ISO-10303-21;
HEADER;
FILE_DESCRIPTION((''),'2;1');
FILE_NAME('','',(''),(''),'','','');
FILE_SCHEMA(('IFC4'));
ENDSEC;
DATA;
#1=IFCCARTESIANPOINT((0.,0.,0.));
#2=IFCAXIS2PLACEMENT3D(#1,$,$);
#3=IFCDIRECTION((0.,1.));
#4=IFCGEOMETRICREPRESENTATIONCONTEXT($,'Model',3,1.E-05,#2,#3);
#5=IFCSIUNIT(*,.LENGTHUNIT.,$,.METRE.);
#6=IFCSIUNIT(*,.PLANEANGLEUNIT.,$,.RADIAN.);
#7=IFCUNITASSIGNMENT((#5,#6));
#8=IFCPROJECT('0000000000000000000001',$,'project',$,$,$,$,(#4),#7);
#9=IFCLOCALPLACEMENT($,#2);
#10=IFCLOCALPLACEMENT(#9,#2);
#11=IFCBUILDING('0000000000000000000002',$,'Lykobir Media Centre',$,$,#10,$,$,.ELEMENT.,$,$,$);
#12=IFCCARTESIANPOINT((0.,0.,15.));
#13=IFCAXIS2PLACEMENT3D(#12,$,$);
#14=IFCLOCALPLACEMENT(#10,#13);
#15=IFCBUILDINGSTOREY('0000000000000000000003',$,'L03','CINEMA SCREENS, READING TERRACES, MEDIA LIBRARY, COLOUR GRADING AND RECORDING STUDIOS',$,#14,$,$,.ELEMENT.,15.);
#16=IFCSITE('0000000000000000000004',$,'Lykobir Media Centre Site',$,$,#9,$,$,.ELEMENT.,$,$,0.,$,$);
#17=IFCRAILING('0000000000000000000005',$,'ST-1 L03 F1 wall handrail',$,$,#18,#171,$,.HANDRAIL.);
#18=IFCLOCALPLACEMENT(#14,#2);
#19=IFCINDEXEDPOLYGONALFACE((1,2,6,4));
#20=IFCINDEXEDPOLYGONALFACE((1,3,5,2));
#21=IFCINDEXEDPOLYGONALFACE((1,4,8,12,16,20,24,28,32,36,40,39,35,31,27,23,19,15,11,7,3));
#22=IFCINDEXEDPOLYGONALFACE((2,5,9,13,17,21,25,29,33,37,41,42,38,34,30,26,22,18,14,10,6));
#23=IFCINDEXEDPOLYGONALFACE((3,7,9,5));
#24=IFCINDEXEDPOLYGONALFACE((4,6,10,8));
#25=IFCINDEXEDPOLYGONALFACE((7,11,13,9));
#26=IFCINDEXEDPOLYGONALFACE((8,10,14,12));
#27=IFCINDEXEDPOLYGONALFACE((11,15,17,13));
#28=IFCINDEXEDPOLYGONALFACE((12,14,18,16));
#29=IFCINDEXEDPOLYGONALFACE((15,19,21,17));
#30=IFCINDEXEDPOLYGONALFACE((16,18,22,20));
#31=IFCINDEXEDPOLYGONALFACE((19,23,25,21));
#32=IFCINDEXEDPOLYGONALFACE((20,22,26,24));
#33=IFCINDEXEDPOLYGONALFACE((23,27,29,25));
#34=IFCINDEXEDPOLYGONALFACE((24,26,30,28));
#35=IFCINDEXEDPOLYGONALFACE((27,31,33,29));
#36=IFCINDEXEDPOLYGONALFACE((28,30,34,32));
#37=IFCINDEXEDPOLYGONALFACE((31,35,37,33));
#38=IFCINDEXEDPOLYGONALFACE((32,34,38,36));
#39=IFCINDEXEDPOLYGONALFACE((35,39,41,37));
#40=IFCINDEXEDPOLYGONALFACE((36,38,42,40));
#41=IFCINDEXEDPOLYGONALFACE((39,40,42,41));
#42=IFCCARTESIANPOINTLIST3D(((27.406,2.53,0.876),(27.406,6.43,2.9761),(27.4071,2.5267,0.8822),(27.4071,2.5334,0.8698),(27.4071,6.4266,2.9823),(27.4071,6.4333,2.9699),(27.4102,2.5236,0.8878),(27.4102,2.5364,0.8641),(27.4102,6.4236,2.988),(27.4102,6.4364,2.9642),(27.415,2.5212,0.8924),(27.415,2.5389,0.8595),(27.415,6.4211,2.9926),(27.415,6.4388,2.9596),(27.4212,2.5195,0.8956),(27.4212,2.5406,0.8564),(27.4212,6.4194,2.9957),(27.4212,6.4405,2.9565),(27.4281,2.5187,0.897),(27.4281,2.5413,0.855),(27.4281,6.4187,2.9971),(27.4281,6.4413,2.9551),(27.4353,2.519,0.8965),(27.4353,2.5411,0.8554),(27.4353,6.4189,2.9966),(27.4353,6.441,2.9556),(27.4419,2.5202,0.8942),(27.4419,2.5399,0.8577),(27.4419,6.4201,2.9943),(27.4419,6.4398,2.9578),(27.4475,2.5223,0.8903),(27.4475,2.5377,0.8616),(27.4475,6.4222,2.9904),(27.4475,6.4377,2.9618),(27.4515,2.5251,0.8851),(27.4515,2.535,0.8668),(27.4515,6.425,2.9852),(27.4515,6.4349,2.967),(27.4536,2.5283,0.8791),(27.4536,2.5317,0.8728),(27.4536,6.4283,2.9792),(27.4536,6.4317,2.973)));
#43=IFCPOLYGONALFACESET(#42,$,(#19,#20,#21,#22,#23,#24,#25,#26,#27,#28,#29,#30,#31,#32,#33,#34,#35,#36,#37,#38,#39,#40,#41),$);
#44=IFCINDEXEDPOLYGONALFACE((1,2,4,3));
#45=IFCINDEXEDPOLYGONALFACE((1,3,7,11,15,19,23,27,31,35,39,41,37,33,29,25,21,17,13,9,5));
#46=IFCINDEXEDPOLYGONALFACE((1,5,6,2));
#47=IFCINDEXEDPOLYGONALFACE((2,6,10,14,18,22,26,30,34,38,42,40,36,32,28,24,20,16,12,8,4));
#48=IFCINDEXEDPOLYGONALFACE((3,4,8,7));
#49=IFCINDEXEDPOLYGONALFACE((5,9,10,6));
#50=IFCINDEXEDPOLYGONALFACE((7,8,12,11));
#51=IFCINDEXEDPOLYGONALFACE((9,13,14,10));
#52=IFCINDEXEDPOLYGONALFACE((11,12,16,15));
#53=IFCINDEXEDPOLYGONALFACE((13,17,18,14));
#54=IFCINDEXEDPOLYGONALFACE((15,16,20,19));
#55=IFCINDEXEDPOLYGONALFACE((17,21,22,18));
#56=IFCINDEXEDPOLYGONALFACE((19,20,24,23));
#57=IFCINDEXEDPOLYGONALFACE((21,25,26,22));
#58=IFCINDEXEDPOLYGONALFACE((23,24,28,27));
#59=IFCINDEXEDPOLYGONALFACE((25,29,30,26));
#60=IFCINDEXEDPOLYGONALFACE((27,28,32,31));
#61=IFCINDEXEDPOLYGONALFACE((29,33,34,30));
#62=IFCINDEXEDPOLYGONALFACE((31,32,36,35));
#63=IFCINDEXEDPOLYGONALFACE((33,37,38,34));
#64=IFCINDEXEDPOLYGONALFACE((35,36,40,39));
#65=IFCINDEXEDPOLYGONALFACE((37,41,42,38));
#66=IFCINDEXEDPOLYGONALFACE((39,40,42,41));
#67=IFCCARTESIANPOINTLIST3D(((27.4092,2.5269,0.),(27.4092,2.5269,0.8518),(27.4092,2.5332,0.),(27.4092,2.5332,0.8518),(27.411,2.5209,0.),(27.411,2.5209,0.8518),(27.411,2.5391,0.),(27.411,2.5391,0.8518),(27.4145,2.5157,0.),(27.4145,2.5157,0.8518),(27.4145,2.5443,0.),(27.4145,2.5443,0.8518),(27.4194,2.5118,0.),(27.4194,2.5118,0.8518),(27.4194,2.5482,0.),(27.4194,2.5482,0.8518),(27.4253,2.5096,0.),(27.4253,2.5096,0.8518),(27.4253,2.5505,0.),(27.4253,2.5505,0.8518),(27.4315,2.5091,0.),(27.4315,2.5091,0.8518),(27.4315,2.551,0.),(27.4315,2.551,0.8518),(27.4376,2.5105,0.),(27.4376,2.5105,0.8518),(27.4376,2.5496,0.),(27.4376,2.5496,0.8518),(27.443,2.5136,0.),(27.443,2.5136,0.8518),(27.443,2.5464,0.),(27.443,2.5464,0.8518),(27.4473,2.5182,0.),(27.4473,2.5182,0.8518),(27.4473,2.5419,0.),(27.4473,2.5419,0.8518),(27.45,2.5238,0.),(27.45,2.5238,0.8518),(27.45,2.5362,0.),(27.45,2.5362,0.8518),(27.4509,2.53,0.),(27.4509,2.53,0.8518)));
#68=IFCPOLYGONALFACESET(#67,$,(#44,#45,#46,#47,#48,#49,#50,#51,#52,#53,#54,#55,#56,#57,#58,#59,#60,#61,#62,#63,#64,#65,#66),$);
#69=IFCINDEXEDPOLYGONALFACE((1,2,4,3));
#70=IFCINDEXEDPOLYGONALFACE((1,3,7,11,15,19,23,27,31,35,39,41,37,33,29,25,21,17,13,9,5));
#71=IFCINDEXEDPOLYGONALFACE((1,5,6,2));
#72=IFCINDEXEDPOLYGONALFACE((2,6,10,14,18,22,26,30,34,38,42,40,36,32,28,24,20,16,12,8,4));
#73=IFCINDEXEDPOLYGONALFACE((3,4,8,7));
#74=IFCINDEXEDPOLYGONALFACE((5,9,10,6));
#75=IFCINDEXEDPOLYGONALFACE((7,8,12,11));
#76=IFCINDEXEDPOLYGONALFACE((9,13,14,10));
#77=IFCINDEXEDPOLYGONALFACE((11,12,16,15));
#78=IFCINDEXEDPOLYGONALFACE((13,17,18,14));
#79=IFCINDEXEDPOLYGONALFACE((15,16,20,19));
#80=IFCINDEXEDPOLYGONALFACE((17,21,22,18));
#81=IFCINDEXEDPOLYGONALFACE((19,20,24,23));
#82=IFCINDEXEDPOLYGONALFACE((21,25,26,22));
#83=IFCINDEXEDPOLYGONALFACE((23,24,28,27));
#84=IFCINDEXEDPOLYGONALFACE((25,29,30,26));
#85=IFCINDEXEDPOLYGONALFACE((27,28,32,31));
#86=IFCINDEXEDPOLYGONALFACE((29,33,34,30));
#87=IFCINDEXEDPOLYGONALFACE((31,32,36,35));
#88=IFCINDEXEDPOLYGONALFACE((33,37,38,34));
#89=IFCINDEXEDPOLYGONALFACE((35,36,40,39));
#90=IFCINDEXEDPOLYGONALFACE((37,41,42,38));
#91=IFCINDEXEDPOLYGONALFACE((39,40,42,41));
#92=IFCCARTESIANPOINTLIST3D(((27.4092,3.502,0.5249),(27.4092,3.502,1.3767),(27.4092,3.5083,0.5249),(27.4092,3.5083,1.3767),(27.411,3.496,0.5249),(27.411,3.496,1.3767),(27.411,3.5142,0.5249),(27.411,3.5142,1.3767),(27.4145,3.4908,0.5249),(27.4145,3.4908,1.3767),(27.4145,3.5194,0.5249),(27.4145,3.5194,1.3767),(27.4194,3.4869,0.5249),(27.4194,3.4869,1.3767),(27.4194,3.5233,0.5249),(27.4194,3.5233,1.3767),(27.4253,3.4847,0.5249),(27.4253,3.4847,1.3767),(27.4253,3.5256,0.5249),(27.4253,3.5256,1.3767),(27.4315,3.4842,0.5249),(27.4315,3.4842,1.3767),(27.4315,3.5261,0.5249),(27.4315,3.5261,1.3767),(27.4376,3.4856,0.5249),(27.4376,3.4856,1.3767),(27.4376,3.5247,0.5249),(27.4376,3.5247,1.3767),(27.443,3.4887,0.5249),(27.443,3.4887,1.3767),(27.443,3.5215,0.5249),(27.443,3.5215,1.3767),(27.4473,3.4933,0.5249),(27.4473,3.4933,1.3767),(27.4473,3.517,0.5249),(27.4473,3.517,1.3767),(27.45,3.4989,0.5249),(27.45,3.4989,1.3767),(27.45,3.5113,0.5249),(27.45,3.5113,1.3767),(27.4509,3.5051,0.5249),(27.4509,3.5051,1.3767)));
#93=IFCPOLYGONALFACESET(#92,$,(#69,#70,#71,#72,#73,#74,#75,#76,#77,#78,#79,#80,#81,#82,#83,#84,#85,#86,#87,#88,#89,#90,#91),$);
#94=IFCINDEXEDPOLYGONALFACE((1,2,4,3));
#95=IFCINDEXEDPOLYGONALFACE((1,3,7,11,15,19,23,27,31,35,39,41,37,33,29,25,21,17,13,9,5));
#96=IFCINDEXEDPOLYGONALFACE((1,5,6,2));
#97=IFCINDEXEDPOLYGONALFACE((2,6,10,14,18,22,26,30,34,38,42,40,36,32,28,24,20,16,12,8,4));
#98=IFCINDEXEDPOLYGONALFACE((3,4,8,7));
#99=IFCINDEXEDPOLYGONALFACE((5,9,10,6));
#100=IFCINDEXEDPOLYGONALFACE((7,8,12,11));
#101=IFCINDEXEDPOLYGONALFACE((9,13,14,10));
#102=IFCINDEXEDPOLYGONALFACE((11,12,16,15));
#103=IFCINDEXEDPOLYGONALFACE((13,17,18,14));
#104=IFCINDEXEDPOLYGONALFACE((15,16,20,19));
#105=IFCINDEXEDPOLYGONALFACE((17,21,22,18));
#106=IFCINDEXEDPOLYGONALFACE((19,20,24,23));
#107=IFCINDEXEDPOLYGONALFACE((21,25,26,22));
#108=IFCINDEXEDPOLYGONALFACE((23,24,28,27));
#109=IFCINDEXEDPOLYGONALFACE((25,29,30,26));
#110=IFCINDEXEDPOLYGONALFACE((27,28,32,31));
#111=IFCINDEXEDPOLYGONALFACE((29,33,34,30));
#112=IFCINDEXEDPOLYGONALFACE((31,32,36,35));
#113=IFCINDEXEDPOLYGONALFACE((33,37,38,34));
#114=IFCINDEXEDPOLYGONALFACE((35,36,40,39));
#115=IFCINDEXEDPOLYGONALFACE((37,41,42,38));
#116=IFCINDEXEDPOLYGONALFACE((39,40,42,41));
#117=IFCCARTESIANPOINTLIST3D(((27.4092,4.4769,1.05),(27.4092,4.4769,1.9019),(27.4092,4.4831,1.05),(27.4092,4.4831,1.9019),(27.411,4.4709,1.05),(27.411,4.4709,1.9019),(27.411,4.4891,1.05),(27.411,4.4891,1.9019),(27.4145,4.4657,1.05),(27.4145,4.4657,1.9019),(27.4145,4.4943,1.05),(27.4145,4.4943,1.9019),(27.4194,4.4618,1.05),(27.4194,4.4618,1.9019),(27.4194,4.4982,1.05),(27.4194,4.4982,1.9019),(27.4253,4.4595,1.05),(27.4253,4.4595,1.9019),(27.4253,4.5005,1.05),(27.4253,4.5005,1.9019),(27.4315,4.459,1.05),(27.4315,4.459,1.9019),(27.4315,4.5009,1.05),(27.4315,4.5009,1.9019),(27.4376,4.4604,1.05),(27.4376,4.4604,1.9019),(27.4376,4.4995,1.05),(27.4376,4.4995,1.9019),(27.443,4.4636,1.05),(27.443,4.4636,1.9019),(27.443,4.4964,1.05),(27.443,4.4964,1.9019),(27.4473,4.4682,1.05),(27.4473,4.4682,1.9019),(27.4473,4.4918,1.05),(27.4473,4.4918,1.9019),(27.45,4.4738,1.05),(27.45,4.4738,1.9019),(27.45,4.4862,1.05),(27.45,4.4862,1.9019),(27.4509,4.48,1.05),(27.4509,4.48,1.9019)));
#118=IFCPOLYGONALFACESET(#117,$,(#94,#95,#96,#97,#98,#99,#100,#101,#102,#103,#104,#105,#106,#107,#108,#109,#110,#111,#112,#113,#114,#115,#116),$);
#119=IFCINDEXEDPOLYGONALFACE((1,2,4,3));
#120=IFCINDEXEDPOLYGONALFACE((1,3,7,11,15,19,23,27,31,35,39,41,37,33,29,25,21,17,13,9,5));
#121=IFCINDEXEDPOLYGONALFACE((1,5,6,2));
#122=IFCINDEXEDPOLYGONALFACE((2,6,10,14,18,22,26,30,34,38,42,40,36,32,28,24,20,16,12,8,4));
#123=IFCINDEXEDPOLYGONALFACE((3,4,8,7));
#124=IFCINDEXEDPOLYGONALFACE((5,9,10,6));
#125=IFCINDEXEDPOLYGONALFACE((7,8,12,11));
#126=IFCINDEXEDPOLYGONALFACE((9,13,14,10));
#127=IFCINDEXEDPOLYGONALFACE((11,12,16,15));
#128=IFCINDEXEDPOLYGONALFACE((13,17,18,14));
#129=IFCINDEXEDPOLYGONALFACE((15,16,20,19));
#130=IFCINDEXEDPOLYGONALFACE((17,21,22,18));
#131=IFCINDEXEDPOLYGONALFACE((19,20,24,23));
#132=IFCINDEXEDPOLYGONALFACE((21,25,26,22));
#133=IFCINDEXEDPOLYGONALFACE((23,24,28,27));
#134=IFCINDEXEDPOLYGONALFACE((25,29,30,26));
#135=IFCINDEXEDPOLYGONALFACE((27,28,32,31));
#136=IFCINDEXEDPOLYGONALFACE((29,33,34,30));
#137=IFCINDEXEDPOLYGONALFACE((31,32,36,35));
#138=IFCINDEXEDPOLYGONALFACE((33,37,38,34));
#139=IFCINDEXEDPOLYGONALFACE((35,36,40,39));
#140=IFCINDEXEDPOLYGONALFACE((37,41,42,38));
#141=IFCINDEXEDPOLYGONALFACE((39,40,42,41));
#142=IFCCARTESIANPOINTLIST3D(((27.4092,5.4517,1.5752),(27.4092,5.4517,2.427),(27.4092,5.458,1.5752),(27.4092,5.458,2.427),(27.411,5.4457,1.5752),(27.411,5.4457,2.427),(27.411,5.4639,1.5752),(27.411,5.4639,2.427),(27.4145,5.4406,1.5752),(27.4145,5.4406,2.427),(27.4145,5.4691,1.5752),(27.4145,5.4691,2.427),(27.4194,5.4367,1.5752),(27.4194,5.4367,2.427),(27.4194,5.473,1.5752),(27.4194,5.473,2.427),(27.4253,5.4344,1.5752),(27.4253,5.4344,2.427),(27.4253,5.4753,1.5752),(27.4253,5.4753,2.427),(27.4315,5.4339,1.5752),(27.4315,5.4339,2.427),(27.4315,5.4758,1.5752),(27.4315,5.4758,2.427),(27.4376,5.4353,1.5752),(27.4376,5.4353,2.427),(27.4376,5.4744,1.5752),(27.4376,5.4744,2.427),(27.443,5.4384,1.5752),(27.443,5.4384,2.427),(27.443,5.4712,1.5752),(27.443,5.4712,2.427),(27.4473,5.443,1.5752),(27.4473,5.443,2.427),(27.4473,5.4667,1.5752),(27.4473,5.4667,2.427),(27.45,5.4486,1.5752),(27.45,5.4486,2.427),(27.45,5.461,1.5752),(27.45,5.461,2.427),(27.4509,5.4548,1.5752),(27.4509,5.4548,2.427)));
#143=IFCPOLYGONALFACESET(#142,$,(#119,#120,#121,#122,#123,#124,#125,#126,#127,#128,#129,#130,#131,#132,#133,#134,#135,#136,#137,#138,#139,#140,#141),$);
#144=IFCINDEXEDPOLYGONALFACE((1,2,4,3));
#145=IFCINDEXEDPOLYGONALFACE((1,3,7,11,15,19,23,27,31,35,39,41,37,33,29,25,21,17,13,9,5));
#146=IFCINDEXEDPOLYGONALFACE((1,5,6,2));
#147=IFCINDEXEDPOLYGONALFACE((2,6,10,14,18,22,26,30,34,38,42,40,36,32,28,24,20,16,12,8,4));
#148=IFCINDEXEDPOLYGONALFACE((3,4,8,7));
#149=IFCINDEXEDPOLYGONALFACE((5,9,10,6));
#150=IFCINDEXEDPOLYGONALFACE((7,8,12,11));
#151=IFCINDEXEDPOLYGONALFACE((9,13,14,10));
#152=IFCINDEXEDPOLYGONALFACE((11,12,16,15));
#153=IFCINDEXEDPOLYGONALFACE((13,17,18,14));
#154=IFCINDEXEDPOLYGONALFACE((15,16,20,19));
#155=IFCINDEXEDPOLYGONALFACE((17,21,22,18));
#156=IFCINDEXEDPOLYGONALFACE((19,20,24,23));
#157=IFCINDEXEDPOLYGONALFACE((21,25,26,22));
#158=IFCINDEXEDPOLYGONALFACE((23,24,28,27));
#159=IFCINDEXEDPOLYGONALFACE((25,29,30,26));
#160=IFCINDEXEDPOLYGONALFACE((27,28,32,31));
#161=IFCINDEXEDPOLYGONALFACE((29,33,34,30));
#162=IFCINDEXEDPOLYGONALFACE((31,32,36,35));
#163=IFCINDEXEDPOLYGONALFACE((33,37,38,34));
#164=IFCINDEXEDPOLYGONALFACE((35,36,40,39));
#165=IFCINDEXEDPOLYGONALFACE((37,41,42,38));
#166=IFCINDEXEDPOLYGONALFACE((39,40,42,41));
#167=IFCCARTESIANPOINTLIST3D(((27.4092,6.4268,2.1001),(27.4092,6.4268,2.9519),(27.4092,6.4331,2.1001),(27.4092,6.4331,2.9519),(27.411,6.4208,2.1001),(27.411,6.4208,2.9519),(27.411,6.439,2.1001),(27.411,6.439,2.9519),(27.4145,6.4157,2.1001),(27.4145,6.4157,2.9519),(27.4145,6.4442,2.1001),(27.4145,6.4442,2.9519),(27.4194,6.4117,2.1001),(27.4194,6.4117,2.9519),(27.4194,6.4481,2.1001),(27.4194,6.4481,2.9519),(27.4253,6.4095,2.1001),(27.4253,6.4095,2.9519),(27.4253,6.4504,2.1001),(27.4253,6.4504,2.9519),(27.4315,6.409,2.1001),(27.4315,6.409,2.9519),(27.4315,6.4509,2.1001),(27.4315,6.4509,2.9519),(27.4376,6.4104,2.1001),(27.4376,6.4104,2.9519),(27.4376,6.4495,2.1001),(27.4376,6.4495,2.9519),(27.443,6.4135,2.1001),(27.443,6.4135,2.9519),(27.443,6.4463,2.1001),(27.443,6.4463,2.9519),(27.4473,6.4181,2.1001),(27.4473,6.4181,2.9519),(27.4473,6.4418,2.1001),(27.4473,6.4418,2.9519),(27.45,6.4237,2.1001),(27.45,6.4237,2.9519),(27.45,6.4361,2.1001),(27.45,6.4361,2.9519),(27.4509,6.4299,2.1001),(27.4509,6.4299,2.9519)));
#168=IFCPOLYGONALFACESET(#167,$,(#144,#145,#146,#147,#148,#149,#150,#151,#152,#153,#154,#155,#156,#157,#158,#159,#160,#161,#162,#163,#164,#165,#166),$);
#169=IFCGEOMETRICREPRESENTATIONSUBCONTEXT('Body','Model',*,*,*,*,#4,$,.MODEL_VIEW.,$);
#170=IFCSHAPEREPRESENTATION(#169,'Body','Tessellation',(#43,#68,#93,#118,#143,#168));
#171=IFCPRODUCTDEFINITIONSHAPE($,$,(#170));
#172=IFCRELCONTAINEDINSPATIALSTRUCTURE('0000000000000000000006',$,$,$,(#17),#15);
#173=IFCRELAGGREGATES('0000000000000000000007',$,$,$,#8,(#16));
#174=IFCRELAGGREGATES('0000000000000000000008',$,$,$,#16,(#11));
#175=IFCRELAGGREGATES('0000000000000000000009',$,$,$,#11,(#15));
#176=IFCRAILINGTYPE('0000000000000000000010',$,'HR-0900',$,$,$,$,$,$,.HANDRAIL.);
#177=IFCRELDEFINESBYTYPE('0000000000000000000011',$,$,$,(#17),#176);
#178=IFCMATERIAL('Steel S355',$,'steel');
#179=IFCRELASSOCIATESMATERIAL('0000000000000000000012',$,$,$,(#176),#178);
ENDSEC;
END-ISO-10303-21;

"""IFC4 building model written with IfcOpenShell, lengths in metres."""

from ifc_helpers import new_model, si_unit, direction, frame, origin, origin_2d, place, context, subcontext, project, spatial, circle, extrude, material, type_object, element, save


model = new_model("IFC4")

# Units and contexts
model_context = context("Model", 3, precision=1e-05, world=origin(), true_north=direction((0.0, 1.0)))
body_context = subcontext(model_context, "Body", "Model", "MODEL_VIEW")
ifc_project = project(units=[si_unit("LENGTHUNIT", "METRE"), si_unit("PLANEANGLEUNIT", "RADIAN")], contexts=[model_context])

# Site, building, storey
site_placement = place(None, origin())
site = spatial("IfcSite", under=ifc_project, at=site_placement, Name="Lykobir Media Centre Site", CompositionType="ELEMENT", RefElevation=0.0)
building_placement = place(site_placement, origin())
building = spatial("IfcBuilding", under=site, at=building_placement, Name="Lykobir Media Centre", CompositionType="ELEMENT")
storey_placement = place(building_placement, frame((0.0, 0.0, 15.0)))
storey = spatial("IfcBuildingStorey", under=building, at=storey_placement, Name="L03", Description="CINEMA SCREENS, READING TERRACES, MEDIA LIBRARY, COLOUR GRADING AND RECORDING STUDIOS", CompositionType="ELEMENT", Elevation=15.0)

# Shared definitions
ifc_material_1 = material(Name="Steel S355", Category="steel")

# Railing
railing_type_1 = type_object("IfcRailingType", Name="HR-0900", PredefinedType="HANDRAIL", material=ifc_material_1)
railing_1_placement = place(storey_placement, frame((27.4299, 2.53, 0.0)))
element("IfcRailing", 1, at=railing_1_placement, inside=storey, type_object=railing_type_1, Name="ST-1 L03 F1 wall handrail", PredefinedType="HANDRAIL", context=body_context, shape_type="SweptSolid", body=[
    extrude(circle(Radius=0.0239, at=origin_2d()), frame((0.0, 0.0, 0.876), z_axis=(0.0, 0.880457, 0.474126), x_axis=(-1.0, 0.0, 0.0)), (0.0, 0.0, 1.0), 4.4294),
    extrude(circle(Radius=0.021, at=origin_2d()), origin(), (0.0, 0.0, 1.0), 0.8518),
    extrude(circle(Radius=0.021, at=origin_2d()), frame((0.0, 0.9751, 0.5249)), (0.0, 0.0, 1.0), 0.8518),
    extrude(circle(Radius=0.021, at=origin_2d()), frame((0.0, 1.95, 1.05)), (0.0, 0.0, 1.0), 0.8518),
    extrude(circle(Radius=0.021, at=origin_2d()), frame((0.0, 2.9248, 1.5752)), (0.0, 0.0, 1.0), 0.8518),
    extrude(circle(Radius=0.021, at=origin_2d()), frame((0.0, 3.8999, 2.1001)), (0.0, 0.0, 1.0), 0.8518),
])

save(model, "model.ifc")
